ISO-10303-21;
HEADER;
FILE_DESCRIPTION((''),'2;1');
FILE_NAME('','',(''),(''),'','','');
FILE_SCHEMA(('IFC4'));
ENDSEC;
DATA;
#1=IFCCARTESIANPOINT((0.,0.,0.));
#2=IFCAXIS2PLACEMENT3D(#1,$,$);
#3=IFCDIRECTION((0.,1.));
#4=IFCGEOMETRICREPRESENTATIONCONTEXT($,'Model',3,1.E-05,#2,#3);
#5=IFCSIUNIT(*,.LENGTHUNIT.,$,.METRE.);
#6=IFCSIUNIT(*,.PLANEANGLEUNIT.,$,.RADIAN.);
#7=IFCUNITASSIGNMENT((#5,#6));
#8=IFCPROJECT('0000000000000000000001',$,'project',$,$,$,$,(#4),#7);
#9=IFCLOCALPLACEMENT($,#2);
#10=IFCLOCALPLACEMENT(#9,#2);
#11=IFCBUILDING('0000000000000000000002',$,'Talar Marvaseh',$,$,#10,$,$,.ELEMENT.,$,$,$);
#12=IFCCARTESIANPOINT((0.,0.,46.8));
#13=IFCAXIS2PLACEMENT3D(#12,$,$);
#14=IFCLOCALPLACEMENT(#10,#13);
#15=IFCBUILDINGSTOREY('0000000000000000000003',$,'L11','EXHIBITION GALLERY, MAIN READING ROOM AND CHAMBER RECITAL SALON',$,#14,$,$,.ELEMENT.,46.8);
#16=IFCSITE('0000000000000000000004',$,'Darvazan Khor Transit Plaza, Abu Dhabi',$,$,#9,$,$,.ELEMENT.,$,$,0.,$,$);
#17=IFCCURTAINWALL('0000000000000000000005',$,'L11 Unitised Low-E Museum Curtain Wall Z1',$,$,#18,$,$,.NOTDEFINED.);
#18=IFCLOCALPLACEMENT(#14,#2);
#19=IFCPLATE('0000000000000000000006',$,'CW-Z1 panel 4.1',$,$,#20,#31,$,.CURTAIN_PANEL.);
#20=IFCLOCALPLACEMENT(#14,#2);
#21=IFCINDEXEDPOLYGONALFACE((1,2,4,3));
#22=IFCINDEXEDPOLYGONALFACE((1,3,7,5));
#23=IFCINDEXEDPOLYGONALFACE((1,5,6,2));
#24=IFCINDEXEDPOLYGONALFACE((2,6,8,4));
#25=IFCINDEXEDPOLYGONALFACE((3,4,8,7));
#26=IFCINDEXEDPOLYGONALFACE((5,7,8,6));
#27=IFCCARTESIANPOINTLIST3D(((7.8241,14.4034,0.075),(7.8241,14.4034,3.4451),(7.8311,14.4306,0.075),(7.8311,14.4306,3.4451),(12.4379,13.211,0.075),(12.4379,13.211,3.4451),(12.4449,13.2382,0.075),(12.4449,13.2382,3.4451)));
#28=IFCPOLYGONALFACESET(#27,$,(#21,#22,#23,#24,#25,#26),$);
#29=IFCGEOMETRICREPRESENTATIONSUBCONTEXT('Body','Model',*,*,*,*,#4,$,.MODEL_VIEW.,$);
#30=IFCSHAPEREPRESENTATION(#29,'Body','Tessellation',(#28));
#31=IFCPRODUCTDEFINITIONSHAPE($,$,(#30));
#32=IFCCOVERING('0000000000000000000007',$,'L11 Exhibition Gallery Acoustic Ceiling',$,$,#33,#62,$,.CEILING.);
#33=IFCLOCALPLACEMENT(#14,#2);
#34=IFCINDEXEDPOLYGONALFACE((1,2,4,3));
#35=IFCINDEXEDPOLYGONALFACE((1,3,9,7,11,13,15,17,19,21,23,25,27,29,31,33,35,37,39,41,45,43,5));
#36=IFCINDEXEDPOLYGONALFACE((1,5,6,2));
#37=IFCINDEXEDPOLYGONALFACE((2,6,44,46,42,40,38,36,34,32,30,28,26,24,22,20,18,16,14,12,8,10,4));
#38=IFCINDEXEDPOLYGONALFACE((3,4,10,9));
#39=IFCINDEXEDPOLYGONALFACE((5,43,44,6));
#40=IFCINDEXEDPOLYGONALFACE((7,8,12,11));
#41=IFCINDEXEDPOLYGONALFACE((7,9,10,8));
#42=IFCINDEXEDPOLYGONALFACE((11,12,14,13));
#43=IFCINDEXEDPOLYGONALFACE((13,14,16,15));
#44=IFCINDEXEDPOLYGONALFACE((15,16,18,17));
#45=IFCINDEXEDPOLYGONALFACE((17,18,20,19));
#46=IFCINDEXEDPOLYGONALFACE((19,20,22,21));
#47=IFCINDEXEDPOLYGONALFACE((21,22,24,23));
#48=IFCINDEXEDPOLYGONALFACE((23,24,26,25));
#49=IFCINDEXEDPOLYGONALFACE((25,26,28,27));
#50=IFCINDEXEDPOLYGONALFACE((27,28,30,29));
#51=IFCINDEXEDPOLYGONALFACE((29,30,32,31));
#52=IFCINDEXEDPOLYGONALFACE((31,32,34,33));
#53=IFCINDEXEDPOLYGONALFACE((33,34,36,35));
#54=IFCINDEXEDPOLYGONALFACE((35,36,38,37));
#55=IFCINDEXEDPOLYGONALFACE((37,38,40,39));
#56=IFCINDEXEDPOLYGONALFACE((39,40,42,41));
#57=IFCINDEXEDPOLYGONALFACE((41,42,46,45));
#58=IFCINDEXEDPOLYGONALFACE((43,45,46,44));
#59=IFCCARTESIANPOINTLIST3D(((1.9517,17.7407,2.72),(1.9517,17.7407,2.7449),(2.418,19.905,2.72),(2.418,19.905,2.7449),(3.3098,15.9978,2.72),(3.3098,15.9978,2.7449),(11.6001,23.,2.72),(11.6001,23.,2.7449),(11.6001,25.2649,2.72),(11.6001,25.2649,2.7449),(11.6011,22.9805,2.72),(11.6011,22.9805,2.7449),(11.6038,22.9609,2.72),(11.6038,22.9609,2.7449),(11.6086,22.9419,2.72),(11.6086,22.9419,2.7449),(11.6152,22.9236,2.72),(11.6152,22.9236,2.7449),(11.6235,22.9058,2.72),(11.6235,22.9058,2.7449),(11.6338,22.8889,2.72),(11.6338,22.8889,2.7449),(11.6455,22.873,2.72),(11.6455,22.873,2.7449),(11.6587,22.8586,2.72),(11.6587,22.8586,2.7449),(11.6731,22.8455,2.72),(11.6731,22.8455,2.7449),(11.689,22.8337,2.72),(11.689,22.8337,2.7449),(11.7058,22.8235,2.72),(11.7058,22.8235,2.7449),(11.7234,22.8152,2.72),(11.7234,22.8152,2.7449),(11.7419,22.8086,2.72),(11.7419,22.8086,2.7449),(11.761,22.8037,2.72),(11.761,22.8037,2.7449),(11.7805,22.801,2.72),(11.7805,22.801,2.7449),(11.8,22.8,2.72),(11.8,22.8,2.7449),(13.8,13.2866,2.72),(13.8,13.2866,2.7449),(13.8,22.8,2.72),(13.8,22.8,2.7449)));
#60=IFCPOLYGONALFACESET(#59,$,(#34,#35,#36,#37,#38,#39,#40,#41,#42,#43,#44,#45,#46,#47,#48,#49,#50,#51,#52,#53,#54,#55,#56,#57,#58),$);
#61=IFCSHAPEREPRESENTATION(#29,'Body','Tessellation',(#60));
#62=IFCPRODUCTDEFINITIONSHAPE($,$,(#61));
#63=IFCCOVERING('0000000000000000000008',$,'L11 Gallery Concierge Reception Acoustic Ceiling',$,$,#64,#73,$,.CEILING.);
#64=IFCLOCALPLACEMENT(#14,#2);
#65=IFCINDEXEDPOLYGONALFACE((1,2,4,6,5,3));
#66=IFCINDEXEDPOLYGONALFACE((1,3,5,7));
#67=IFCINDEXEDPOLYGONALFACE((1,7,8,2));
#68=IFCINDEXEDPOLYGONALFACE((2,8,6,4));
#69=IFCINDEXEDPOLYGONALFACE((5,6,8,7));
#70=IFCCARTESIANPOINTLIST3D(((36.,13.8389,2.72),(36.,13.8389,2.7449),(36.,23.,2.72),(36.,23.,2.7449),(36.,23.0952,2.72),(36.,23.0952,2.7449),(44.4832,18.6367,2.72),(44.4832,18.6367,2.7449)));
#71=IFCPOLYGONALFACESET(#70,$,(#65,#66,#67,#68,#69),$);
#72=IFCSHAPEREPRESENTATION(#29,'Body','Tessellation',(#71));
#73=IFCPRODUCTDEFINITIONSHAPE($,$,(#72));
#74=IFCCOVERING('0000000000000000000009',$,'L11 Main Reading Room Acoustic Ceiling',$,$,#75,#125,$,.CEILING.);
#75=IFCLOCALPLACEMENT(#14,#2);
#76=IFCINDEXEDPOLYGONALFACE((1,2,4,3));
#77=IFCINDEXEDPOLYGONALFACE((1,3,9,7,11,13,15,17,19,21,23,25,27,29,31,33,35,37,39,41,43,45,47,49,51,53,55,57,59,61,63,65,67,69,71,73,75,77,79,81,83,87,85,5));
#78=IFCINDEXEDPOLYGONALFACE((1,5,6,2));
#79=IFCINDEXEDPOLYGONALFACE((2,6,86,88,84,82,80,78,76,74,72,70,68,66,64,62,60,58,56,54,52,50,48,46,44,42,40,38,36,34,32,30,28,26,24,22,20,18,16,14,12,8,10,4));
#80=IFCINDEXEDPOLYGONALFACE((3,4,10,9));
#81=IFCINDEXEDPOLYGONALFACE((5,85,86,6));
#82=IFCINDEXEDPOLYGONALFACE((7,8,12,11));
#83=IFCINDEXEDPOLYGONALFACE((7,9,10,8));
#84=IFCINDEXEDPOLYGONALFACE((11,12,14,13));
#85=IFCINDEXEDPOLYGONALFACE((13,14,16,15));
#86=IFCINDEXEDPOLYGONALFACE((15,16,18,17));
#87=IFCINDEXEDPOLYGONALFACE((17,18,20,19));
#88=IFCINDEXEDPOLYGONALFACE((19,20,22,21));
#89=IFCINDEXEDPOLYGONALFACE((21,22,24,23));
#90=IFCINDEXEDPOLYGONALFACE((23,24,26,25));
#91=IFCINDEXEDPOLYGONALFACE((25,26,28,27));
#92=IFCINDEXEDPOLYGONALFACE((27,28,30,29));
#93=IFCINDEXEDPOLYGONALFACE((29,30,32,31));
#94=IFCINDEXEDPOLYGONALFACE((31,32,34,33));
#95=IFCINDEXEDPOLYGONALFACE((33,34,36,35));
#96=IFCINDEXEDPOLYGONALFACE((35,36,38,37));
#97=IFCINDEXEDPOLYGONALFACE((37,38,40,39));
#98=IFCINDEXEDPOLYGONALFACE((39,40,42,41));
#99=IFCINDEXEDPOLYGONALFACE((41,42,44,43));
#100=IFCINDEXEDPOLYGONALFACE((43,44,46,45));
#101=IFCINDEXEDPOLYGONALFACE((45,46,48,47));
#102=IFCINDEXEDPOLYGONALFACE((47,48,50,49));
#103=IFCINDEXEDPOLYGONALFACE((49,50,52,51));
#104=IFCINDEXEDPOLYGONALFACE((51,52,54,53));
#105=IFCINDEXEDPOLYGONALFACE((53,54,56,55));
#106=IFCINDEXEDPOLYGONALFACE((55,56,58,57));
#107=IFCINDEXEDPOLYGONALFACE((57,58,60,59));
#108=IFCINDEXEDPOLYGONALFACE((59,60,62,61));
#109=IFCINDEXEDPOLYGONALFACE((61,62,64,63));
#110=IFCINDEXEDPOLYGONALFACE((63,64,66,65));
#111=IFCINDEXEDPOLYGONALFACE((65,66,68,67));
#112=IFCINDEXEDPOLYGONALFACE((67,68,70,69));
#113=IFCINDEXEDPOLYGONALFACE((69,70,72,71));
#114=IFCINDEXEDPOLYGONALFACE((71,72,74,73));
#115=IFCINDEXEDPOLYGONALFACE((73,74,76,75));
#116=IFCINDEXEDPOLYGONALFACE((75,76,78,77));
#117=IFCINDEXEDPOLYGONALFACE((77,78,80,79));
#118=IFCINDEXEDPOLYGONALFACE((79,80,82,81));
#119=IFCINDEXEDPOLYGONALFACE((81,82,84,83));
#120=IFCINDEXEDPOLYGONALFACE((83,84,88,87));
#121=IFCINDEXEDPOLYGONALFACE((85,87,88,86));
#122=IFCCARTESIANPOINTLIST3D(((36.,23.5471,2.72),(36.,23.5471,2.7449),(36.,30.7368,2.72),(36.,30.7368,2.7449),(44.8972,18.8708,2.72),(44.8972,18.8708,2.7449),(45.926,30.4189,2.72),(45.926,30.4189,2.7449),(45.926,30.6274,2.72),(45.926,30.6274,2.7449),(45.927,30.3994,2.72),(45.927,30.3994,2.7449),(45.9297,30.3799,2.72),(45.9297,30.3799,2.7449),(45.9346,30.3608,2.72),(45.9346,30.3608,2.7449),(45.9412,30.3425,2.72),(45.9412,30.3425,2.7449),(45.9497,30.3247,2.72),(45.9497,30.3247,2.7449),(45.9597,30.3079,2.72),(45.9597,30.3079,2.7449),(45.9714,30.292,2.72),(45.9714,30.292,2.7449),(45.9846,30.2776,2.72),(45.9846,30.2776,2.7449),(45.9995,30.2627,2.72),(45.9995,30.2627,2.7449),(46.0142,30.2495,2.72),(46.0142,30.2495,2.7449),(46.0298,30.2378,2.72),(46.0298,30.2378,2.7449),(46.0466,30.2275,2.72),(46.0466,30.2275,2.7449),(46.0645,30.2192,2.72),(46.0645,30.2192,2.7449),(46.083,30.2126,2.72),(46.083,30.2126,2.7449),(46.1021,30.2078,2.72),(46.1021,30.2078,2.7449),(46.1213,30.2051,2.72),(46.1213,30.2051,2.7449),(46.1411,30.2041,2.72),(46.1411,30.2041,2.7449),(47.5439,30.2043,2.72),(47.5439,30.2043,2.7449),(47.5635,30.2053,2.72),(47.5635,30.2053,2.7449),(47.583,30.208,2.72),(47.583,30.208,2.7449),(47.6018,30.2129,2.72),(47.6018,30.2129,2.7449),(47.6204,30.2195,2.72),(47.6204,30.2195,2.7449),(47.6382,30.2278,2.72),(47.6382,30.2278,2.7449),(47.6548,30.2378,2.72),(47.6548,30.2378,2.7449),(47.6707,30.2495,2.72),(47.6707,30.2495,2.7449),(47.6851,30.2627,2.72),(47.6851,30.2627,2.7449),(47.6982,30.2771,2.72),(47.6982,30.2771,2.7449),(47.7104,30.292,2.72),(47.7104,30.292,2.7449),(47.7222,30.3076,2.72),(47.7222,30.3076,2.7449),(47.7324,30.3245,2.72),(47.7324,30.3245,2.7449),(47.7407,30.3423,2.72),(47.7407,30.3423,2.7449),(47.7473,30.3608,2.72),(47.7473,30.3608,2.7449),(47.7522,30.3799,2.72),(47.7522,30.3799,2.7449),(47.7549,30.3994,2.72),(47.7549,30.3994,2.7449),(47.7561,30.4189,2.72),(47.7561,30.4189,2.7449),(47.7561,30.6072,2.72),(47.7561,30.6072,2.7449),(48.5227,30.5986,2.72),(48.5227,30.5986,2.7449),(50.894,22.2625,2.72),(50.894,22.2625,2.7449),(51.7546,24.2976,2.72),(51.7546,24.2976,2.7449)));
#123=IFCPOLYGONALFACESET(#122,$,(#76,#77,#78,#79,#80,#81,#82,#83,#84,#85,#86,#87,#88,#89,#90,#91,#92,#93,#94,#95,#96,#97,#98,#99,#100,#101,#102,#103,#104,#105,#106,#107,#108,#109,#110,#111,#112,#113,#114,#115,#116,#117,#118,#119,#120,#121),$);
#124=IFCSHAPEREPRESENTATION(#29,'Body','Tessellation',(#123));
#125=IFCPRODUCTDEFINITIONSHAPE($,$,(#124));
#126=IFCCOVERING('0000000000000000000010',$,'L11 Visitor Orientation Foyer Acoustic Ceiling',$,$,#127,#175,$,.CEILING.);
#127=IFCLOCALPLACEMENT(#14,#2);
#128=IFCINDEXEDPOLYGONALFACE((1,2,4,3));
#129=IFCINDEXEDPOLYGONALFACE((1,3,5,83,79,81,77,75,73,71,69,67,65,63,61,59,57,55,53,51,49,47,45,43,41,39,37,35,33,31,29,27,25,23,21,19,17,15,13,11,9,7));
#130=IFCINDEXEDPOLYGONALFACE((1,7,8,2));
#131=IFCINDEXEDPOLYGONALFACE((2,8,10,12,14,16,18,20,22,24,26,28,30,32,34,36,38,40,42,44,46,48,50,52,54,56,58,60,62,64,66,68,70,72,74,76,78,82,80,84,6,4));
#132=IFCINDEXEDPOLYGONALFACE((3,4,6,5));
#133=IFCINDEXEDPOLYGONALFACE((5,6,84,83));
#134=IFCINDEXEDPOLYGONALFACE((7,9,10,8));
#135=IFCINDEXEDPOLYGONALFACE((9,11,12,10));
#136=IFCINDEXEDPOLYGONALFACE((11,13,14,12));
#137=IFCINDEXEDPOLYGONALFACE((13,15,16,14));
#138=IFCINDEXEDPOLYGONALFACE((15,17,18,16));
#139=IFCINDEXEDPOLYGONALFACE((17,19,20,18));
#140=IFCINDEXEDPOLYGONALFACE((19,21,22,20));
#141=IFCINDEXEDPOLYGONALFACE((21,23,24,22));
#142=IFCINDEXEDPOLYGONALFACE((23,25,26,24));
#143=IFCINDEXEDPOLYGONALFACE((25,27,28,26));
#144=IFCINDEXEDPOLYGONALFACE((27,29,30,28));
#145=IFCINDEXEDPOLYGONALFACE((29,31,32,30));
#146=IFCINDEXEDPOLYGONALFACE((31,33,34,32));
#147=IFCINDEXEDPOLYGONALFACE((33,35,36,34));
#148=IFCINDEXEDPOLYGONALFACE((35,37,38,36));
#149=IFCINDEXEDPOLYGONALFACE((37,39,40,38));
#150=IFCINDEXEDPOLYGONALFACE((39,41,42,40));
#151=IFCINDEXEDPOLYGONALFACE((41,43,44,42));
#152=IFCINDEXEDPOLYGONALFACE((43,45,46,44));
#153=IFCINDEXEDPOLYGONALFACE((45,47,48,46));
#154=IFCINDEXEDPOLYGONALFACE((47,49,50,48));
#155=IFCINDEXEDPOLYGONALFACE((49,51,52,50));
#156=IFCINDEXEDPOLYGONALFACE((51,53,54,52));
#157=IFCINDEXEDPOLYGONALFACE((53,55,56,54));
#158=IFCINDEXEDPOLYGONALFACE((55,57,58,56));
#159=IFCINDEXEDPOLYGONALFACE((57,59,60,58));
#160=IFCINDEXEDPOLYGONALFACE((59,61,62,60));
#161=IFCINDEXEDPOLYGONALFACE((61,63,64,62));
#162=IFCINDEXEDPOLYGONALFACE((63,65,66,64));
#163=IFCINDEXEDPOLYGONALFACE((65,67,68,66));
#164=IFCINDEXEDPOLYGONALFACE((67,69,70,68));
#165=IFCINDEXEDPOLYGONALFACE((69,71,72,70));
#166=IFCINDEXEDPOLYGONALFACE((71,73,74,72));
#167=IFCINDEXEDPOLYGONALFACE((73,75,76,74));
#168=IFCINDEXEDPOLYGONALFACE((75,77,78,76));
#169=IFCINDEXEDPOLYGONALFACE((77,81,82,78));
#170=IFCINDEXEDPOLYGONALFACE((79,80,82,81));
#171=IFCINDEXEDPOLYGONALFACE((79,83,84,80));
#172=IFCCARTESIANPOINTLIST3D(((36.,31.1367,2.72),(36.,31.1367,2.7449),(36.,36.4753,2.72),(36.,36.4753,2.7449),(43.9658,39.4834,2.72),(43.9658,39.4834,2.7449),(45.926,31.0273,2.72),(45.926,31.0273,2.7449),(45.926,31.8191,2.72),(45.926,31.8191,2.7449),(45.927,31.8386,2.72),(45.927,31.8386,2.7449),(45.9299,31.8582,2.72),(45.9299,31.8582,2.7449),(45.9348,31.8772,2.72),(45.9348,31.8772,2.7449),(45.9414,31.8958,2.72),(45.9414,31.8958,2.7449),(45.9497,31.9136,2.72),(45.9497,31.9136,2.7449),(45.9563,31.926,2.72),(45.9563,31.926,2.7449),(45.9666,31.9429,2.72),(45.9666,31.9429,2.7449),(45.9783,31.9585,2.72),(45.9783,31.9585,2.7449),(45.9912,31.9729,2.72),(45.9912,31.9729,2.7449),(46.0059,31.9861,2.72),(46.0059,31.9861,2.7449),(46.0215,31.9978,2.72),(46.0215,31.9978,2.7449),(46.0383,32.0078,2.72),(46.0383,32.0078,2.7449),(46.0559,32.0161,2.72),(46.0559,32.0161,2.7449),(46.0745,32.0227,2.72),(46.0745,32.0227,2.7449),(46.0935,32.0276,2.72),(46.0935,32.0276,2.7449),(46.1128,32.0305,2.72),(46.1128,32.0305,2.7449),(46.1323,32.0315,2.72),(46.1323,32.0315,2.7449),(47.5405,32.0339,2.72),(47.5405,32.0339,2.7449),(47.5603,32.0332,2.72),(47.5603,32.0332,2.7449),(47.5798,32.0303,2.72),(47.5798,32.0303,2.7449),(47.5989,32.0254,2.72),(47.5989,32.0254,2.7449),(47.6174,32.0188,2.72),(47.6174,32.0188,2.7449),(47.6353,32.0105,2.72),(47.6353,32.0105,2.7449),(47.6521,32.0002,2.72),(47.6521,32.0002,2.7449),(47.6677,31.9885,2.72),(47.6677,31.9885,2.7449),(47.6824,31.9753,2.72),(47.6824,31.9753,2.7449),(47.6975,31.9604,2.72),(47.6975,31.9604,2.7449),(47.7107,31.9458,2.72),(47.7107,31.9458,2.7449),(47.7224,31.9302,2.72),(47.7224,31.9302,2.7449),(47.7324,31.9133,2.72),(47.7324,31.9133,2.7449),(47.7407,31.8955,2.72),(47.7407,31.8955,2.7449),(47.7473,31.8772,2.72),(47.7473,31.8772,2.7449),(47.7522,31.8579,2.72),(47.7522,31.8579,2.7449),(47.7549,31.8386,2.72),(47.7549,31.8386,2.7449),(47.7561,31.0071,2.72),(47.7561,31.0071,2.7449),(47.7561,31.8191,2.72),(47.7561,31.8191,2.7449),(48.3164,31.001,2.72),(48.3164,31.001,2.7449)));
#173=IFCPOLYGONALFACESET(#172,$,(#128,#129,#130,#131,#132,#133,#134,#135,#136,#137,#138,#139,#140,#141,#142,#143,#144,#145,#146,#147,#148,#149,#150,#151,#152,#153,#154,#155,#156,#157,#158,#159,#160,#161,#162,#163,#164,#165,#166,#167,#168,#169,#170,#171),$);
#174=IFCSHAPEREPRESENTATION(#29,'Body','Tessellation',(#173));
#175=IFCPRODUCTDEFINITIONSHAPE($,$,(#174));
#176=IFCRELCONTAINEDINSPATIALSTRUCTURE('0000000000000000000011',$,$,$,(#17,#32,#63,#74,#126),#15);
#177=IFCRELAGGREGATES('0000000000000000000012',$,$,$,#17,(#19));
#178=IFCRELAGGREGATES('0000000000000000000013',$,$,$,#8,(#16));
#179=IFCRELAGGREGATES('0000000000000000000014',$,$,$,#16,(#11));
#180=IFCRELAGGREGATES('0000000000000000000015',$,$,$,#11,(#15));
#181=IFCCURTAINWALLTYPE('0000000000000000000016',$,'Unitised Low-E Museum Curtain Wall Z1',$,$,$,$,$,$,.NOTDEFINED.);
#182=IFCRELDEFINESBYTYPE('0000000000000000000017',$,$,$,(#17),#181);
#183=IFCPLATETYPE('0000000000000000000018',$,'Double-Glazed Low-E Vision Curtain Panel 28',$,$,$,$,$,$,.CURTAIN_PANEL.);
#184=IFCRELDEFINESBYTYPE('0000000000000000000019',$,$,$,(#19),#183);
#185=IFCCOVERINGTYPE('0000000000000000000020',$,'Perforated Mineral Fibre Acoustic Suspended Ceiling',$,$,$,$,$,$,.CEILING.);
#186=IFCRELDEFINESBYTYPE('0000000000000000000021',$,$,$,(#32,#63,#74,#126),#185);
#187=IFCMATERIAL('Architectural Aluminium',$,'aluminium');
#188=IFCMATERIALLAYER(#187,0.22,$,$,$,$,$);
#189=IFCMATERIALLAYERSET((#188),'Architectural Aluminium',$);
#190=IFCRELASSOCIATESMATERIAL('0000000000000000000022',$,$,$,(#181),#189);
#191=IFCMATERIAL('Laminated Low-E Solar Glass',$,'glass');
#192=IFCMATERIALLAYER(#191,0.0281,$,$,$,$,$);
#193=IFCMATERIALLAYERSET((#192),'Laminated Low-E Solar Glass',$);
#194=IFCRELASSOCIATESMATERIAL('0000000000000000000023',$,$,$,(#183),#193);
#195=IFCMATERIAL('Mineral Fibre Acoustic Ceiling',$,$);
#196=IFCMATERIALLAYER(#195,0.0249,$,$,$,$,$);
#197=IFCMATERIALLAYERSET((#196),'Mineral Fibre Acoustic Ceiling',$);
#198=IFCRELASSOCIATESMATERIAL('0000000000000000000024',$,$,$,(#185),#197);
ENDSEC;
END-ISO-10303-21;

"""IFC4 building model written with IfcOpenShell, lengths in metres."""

from ifc_helpers import new_model, si_unit, direction, frame, origin, origin_2d, place, context, subcontext, project, spatial, polyline, rectangle, outline, extrude, source, transform, mapped, material, layer, layer_set, type_object, type_shapes, element, aggregate, save


model = new_model("IFC4")

# Units and contexts
model_context = context("Model", 3, precision=1e-05, world=origin(), true_north=direction((0.0, 1.0)))
body_context = subcontext(model_context, "Body", "Model", "MODEL_VIEW")
ifc_project = project(units=[si_unit("LENGTHUNIT", "METRE"), si_unit("PLANEANGLEUNIT", "RADIAN")], contexts=[model_context])

# Site, building, storey
site_placement = place(None, origin())
site = spatial("IfcSite", under=ifc_project, at=site_placement, Name="Darvazan Khor Transit Plaza, Abu Dhabi", CompositionType="ELEMENT", RefElevation=0.0)
building_placement = place(site_placement, origin())
building = spatial("IfcBuilding", under=site, at=building_placement, Name="Talar Marvaseh", CompositionType="ELEMENT")
storey_placement = place(building_placement, frame((0.0, 0.0, 46.8)))
storey = spatial("IfcBuildingStorey", under=building, at=storey_placement, Name="L11", Description="EXHIBITION GALLERY, MAIN READING ROOM AND CHAMBER RECITAL SALON", CompositionType="ELEMENT", Elevation=46.8)

# Curtain wall
ifc_material_1 = material(Name="Architectural Aluminium", Category="aluminium")
ifc_layer_1 = layer(ifc_material_1, 0.22)
ifc_layer_set_1 = layer_set([ifc_layer_1], Name="Architectural Aluminium")
curtain_wall_type = type_object("IfcCurtainWallType", Name="Unitised Low-E Museum Curtain Wall Z1", PredefinedType="NOTDEFINED", material=ifc_layer_set_1)
curtain_wall_placement = place(storey_placement, origin())
curtain_wall = element("IfcCurtainWall", 1, at=curtain_wall_placement, inside=storey, type_object=curtain_wall_type, Name="L11 Unitised Low-E Museum Curtain Wall Z1", PredefinedType="NOTDEFINED")

# Plate
ifc_material_2 = material(Name="Laminated Low-E Solar Glass", Category="glass")
ifc_layer_2 = layer(ifc_material_2, 0.0281)
ifc_layer_set_2 = layer_set([ifc_layer_2], Name="Laminated Low-E Solar Glass")
plate_type = type_object("IfcPlateType", Name="Double-Glazed Low-E Vision Curtain Panel 28", PredefinedType="CURTAIN_PANEL", material=ifc_layer_set_2)
shared_shape_1 = source(origin(), body_context, "Body", "SweptSolid", [
    extrude(rectangle(XDim=4.7654, YDim=0.0281, at=origin_2d()), origin(), (0.0, 0.0, 1.0), 3.3701),
])
type_shapes(plate_type, [shared_shape_1])
plate_placement = place(storey_placement, frame((10.1345, 13.8208, 0.075), z_axis=(0.0, 0.0, 1.0), x_axis=(-0.968187, 0.250228, 0.0)))
plate = element("IfcPlate", 2, at=plate_placement, type_object=plate_type, Name="CW-Z1 panel 4.1", PredefinedType="CURTAIN_PANEL", context=body_context, shape_type="MappedRepresentation", body=[
    mapped(shared_shape_1, transform((0.0, 0.0, 0.0), x_axis=(1.0, 0.0, 0.0), y_axis=(0.0, 1.0, 0.0), z_axis=(0.0, 0.0, 1.0), scale=1.0)),
])
aggregate(curtain_wall, [plate])

# Coverings
ifc_material_3 = material(Name="Mineral Fibre Acoustic Ceiling")
ifc_layer_3 = layer(ifc_material_3, 0.0249)
ifc_layer_set_3 = layer_set([ifc_layer_3], Name="Mineral Fibre Acoustic Ceiling")
covering_type_1 = type_object("IfcCoveringType", Name="Perforated Mineral Fibre Acoustic Suspended Ceiling", PredefinedType="CEILING", material=ifc_layer_set_3)
covering_1_placement = place(storey_placement, frame((0.0, 0.0, 2.72)))
element("IfcCovering", 3, at=covering_1_placement, inside=storey, type_object=covering_type_1, Name="L11 Exhibition Gallery Acoustic Ceiling", PredefinedType="CEILING", context=body_context, shape_type="SweptSolid", body=[
    extrude(outline(polyline([(2.418, 19.905), (11.6001, 25.2649), (11.6001, 23.0), (11.6011, 22.9805), (11.6038, 22.9609), (11.6086, 22.9419), (11.6152, 22.9236), (11.6235, 22.9058), (11.6338, 22.8889), (11.6455, 22.873), (11.6587, 22.8586), (11.6731, 22.8455), (11.689, 22.8337), (11.7058, 22.8235), (11.7234, 22.8152), (11.7419, 22.8086), (11.761, 22.8037), (11.7805, 22.801), (11.8, 22.8), (13.8, 22.8), (13.8, 13.2866), (3.3098, 15.9978), (1.9517, 17.7407), (2.418, 19.905)])), origin(), (0.0, 0.0, 1.0), 0.0249),
])
covering_2_placement = place(storey_placement, frame((0.0, 0.0, 2.72)))
element("IfcCovering", 4, at=covering_2_placement, inside=storey, type_object=covering_type_1, Name="L11 Gallery Concierge Reception Acoustic Ceiling", PredefinedType="CEILING", context=body_context, shape_type="SweptSolid", body=[
    extrude(outline(polyline([(44.4832, 18.6367), (36.0, 13.8389), (36.0, 23.0), (36.0, 23.0952), (44.4832, 18.6367)])), origin(), (0.0, 0.0, 1.0), 0.0249),
])
covering_3_placement = place(storey_placement, frame((0.0, 0.0, 2.72)))
element("IfcCovering", 5, at=covering_3_placement, inside=storey, type_object=covering_type_1, Name="L11 Main Reading Room Acoustic Ceiling", PredefinedType="CEILING", context=body_context, shape_type="SweptSolid", body=[
    extrude(outline(polyline([(36.0, 23.5471), (36.0, 30.7368), (45.926, 30.6274), (45.926, 30.4189), (45.927, 30.3994), (45.9297, 30.3799), (45.9346, 30.3608), (45.9412, 30.3425), (45.9497, 30.3247), (45.9597, 30.3079), (45.9714, 30.292), (45.9846, 30.2776), (45.9995, 30.2627), (46.0142, 30.2495), (46.0298, 30.2378), (46.0466, 30.2275), (46.0645, 30.2192), (46.083, 30.2126), (46.1021, 30.2078), (46.1213, 30.2051), (46.1411, 30.2041), (47.5439, 30.2043), (47.5635, 30.2053), (47.583, 30.208), (47.6018, 30.2129), (47.6204, 30.2195), (47.6382, 30.2278), (47.6548, 30.2378), (47.6707, 30.2495), (47.6851, 30.2627), (47.6982, 30.2771), (47.7104, 30.292), (47.7222, 30.3076), (47.7324, 30.3245), (47.7407, 30.3423), (47.7473, 30.3608), (47.7522, 30.3799), (47.7549, 30.3994), (47.7561, 30.4189), (47.7561, 30.6072), (48.5227, 30.5986), (51.7546, 24.2976), (50.894, 22.2625), (44.8972, 18.8708), (36.0, 23.5471)])), origin(), (0.0, 0.0, 1.0), 0.0249),
])
covering_4_placement = place(storey_placement, frame((0.0, 0.0, 2.72)))
element("IfcCovering", 6, at=covering_4_placement, inside=storey, type_object=covering_type_1, Name="L11 Visitor Orientation Foyer Acoustic Ceiling", PredefinedType="CEILING", context=body_context, shape_type="SweptSolid", body=[
    extrude(outline(polyline([(47.7549, 31.8386), (47.7522, 31.8579), (47.7473, 31.8772), (47.7407, 31.8955), (47.7324, 31.9133), (47.7224, 31.9302), (47.7107, 31.9458), (47.6975, 31.9604), (47.6824, 31.9753), (47.6677, 31.9885), (47.6521, 32.0002), (47.6353, 32.0105), (47.6174, 32.0188), (47.5989, 32.0254), (47.5798, 32.0303), (47.5603, 32.0332), (47.5405, 32.0339), (46.1323, 32.0315), (46.1128, 32.0305), (46.0935, 32.0276), (46.0745, 32.0227), (46.0559, 32.0161), (46.0383, 32.0078), (46.0215, 31.9978), (46.0059, 31.9861), (45.9912, 31.9729), (45.9783, 31.9585), (45.9666, 31.9429), (45.9563, 31.926), (45.9497, 31.9136), (45.9414, 31.8958), (45.9348, 31.8772), (45.9299, 31.8582), (45.927, 31.8386), (45.926, 31.8191), (45.926, 31.0273), (36.0, 31.1367), (36.0, 36.4753), (43.9658, 39.4834), (48.3164, 31.001), (47.7561, 31.0071), (47.7561, 31.8191), (47.7549, 31.8386)])), origin(), (0.0, 0.0, 1.0), 0.0249),
])

save(model, "model.ifc")
